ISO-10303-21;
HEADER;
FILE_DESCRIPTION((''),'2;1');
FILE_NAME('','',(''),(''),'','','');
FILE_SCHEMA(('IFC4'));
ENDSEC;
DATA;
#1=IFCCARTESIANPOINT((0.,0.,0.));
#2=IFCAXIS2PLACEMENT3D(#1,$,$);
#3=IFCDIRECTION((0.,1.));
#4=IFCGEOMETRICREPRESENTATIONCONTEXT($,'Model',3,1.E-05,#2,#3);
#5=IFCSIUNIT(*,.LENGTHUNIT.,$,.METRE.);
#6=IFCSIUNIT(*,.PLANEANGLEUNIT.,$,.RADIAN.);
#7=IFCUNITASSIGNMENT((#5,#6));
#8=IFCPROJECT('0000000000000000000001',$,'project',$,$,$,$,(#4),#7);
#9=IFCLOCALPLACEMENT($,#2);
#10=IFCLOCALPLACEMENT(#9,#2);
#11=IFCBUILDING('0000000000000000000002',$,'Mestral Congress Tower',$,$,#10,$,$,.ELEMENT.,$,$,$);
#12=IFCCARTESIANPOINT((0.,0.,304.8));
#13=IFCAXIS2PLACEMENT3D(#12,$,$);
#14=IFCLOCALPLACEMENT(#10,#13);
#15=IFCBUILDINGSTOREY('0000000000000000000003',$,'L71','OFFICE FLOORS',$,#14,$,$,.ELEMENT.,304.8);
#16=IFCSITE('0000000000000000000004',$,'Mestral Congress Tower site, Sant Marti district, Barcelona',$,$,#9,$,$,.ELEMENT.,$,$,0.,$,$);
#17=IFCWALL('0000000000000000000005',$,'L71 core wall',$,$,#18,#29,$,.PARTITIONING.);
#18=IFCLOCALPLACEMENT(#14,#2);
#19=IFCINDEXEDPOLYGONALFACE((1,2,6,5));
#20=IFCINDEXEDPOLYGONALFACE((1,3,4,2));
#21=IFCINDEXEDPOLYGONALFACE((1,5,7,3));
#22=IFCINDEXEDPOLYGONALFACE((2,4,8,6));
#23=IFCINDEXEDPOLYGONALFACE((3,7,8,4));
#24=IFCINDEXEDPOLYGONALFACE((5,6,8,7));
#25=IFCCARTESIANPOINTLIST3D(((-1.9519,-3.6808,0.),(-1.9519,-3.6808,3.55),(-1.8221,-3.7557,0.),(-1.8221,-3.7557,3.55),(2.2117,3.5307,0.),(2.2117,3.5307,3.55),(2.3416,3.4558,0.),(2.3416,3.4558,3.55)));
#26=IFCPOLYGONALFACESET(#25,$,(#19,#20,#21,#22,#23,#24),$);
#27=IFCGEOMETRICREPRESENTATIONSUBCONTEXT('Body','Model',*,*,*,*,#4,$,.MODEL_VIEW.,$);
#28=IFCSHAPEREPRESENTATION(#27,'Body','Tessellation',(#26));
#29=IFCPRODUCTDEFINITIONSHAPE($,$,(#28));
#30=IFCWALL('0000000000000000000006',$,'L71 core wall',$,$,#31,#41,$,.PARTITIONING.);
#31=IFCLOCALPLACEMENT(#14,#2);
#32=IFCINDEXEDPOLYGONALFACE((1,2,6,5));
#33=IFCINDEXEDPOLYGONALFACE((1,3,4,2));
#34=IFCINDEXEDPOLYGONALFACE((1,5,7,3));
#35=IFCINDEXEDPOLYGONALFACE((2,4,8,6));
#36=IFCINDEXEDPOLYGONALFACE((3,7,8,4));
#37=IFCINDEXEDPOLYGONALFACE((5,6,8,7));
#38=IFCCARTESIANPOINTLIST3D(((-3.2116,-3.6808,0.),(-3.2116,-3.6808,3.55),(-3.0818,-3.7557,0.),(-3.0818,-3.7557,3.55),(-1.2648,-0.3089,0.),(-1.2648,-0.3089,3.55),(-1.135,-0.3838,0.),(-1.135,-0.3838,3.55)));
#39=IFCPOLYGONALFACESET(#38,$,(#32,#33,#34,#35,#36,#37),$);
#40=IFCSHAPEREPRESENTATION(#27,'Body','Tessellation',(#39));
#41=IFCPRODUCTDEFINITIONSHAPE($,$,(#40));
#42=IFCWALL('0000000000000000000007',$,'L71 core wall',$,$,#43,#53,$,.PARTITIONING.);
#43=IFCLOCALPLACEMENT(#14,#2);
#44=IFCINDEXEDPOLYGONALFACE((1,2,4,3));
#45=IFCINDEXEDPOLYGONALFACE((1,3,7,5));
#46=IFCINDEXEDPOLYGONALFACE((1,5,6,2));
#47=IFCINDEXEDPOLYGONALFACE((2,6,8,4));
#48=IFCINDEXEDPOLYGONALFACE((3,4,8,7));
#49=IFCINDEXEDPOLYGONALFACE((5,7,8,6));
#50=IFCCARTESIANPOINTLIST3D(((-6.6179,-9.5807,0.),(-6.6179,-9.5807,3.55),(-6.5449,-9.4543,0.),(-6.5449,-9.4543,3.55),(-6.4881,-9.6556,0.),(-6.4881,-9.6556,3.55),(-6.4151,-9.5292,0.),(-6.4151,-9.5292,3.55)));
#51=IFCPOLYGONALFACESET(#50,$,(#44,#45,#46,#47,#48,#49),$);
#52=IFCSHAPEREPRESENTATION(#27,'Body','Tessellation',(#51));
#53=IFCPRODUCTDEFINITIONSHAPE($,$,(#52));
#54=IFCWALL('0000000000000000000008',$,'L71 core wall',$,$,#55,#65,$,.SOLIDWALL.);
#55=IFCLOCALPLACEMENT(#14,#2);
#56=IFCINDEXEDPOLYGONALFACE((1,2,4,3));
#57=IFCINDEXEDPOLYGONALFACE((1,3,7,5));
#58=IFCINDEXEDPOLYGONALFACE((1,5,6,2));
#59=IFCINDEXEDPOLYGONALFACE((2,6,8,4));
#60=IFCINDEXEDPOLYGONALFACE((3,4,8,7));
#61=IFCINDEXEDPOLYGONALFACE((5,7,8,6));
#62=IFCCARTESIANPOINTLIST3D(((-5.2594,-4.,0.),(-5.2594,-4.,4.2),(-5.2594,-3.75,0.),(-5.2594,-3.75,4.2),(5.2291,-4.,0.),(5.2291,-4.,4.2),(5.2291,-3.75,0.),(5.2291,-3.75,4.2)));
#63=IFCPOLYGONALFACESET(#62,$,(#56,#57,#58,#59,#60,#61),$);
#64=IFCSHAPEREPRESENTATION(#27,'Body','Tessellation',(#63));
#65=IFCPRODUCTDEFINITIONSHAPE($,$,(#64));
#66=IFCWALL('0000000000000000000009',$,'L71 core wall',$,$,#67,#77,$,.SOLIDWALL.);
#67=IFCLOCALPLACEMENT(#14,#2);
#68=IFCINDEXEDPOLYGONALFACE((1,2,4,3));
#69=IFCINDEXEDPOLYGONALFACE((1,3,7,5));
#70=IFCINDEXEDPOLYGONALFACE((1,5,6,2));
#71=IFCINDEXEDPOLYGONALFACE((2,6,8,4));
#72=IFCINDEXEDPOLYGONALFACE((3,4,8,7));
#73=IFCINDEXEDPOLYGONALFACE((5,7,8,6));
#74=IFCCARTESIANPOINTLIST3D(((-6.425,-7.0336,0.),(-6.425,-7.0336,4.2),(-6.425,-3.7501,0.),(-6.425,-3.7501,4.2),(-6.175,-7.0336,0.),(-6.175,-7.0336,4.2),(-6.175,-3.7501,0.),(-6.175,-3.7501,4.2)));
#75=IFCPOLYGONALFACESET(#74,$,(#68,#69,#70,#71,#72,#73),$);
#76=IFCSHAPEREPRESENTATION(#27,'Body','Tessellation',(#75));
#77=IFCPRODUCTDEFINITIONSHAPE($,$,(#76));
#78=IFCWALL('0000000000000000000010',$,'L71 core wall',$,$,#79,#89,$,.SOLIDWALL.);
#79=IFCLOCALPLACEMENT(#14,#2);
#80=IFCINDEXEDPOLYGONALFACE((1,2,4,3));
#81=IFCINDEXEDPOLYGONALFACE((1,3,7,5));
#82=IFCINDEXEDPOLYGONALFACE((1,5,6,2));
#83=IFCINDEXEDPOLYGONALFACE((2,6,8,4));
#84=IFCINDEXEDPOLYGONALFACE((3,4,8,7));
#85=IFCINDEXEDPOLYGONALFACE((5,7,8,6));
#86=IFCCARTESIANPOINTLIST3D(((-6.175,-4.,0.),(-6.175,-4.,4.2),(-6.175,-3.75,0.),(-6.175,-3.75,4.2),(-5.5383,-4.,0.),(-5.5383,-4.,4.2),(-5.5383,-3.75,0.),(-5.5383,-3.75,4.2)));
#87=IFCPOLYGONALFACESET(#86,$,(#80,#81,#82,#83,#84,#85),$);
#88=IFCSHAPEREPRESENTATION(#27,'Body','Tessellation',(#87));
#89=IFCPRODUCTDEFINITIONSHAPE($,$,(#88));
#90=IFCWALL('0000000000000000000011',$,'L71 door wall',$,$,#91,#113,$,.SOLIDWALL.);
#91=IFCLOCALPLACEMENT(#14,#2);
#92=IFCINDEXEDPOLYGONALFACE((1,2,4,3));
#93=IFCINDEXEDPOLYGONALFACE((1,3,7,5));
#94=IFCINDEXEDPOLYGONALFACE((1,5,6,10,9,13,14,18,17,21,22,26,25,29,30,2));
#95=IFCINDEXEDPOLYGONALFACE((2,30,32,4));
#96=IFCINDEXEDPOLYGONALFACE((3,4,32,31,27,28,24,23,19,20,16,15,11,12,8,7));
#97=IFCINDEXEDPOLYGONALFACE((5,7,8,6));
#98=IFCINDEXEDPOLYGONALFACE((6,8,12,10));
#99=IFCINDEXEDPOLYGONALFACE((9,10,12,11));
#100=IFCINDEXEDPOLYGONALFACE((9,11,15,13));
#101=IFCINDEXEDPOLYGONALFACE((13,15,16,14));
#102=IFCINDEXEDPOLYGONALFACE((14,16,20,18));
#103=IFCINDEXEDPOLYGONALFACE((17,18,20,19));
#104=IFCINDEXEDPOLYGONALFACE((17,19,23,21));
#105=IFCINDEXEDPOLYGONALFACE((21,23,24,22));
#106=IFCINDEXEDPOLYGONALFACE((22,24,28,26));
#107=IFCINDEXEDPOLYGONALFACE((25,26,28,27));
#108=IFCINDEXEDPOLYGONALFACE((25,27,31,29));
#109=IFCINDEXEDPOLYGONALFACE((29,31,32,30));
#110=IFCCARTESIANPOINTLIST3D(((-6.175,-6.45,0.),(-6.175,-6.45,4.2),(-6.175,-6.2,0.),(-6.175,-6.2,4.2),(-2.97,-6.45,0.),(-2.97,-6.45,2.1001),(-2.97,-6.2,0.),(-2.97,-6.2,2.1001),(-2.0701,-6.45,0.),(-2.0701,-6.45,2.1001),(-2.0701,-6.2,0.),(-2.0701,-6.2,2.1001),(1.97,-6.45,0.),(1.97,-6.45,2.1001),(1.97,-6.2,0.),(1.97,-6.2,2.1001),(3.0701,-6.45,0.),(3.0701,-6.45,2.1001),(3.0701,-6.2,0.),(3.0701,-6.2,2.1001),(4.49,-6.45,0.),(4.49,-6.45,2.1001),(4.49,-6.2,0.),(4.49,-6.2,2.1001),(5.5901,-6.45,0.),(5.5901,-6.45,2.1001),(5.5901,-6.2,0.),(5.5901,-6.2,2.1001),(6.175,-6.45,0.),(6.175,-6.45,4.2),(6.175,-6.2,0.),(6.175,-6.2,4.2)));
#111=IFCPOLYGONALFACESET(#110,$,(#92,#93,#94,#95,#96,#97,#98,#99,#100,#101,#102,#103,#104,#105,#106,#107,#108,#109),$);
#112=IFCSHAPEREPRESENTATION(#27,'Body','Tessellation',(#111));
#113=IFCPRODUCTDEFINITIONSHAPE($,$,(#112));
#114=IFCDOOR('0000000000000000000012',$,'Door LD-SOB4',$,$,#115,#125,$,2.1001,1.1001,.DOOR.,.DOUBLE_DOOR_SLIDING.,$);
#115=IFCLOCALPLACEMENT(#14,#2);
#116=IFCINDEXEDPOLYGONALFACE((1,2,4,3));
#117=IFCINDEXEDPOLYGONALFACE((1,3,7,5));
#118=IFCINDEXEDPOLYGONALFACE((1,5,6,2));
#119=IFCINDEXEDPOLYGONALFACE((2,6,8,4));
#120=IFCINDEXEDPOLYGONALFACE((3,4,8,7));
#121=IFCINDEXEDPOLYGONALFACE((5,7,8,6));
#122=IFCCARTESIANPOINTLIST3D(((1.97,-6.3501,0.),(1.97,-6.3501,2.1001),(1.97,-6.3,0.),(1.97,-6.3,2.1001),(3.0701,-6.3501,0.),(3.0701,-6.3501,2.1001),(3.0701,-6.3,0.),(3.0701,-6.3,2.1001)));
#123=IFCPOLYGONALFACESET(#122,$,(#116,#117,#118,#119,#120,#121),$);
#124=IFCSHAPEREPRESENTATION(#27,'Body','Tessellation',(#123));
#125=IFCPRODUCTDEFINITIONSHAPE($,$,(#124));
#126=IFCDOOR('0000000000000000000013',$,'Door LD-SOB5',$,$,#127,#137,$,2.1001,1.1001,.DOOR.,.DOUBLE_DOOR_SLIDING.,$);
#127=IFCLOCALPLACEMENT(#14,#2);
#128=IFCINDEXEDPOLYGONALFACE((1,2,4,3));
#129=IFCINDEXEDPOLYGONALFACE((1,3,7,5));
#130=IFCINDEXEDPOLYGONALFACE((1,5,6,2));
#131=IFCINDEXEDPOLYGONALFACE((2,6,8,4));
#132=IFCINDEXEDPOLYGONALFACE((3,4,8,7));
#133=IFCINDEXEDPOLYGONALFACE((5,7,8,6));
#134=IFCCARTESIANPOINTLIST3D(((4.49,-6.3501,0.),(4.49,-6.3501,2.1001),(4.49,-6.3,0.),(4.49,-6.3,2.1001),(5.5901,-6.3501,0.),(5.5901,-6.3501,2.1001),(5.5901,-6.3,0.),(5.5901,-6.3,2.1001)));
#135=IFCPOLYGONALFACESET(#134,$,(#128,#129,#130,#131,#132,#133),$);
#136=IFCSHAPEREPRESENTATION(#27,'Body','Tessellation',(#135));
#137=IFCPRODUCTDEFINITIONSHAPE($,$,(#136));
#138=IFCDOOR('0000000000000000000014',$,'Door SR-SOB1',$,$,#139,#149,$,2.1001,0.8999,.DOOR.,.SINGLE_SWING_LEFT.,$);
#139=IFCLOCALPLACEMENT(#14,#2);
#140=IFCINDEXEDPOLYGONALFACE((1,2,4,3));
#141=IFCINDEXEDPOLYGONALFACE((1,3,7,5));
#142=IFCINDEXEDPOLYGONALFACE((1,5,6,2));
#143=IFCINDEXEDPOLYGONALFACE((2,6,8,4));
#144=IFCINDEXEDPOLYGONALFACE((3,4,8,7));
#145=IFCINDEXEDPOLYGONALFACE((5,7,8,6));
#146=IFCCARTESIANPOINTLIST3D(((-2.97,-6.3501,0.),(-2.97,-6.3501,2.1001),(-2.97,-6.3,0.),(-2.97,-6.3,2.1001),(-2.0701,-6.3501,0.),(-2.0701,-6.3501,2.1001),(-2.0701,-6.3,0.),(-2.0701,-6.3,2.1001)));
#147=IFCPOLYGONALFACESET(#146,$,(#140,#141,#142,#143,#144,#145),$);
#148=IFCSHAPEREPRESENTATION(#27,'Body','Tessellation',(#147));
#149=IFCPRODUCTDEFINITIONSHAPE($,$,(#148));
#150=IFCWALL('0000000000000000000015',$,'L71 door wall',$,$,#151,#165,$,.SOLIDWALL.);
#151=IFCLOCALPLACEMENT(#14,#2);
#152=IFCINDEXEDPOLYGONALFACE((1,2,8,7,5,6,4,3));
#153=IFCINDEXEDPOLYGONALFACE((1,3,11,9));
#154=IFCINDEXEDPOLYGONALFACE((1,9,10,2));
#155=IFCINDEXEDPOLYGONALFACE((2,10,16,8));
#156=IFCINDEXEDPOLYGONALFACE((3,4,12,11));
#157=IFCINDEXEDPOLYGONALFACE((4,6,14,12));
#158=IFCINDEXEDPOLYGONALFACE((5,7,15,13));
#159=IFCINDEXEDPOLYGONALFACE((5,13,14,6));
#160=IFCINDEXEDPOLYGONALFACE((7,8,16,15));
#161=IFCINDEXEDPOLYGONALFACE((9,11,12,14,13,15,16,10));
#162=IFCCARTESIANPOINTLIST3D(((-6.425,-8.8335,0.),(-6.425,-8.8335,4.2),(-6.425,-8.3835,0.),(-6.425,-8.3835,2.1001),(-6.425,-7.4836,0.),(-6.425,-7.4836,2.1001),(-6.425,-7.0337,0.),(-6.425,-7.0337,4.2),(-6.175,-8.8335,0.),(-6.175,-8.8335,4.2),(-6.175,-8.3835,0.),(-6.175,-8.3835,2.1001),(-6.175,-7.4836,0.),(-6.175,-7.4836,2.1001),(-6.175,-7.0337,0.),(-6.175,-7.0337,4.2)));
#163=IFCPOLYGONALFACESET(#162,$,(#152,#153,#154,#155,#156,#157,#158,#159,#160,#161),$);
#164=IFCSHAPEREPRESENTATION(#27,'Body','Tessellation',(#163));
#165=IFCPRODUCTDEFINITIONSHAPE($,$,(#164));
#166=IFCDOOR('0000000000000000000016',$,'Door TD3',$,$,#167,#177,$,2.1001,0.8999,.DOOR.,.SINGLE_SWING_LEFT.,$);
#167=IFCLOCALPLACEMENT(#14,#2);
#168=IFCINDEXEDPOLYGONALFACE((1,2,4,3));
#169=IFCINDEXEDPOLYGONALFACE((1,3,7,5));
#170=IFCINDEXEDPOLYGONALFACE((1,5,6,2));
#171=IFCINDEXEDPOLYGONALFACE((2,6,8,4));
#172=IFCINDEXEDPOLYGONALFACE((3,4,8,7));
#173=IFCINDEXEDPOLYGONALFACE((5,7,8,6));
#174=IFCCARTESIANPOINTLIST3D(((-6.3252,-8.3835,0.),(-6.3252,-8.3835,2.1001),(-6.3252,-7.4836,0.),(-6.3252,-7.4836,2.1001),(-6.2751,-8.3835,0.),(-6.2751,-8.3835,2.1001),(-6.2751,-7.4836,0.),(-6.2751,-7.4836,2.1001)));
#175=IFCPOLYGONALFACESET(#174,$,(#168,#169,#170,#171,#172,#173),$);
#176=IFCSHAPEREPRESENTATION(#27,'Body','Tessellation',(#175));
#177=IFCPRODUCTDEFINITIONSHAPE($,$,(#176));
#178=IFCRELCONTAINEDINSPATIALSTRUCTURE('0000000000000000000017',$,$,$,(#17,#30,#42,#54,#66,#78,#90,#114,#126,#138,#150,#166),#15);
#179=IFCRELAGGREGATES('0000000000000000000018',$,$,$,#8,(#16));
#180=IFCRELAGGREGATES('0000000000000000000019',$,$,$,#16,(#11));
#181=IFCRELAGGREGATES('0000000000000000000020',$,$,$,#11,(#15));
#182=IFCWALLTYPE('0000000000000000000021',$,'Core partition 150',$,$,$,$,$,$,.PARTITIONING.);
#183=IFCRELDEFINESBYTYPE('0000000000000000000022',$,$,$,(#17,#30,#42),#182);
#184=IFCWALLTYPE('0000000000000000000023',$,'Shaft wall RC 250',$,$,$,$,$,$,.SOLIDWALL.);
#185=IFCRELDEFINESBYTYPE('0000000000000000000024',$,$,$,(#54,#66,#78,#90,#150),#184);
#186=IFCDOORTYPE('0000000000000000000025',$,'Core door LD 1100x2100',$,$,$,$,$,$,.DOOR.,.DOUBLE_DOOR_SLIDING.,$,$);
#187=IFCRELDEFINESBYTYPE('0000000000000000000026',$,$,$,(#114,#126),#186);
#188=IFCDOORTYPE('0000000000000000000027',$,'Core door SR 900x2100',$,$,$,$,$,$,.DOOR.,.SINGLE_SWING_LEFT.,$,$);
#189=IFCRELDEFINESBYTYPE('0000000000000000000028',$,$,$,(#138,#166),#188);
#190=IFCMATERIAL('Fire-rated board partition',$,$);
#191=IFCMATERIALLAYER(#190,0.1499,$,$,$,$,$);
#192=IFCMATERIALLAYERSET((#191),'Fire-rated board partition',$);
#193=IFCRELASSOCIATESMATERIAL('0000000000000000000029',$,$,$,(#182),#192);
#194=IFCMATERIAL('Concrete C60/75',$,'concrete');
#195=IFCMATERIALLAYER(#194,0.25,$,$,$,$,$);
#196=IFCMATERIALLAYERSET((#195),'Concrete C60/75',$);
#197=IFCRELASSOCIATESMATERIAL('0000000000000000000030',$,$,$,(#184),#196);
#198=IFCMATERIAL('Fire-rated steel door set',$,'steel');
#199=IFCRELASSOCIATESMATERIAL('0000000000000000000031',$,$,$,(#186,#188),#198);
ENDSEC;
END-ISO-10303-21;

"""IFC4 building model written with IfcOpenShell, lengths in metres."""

from ifc_helpers import new_model, si_unit, direction, frame, frame_2d, origin, place, context, subcontext, project, spatial, rectangle, extrude, material, layer, layer_set, type_object, element, fill, save


model = new_model("IFC4")

# Units and contexts
model_context = context("Model", 3, precision=1e-05, world=origin(), true_north=direction((0.0, 1.0)))
body_context = subcontext(model_context, "Body", "Model", "MODEL_VIEW")
ifc_project = project(units=[si_unit("LENGTHUNIT", "METRE"), si_unit("PLANEANGLEUNIT", "RADIAN")], contexts=[model_context])

# Site, building, storey
site_placement = place(None, origin())
site = spatial("IfcSite", under=ifc_project, at=site_placement, Name="Mestral Congress Tower site, Sant Marti district, Barcelona", CompositionType="ELEMENT", RefElevation=0.0)
building_placement = place(site_placement, origin())
building = spatial("IfcBuilding", under=site, at=building_placement, Name="Mestral Congress Tower", CompositionType="ELEMENT")
storey_placement = place(building_placement, frame((0.0, 0.0, 304.8)))
storey = spatial("IfcBuildingStorey", under=building, at=storey_placement, Name="L71", Description="OFFICE FLOORS", CompositionType="ELEMENT", Elevation=304.8)

# Walls
ifc_material_1 = material(Name="Fire-rated board partition")
ifc_layer_1 = layer(ifc_material_1, 0.1499)
ifc_layer_set_1 = layer_set([ifc_layer_1], Name="Fire-rated board partition")
wall_type_1 = type_object("IfcWallType", Name="Core partition 150", PredefinedType="PARTITIONING", material=ifc_layer_set_1)
wall_1_placement = place(storey_placement, frame((-1.887, -3.7183, 0.0), z_axis=(0.0, 0.0, 1.0), x_axis=(0.500005, 0.866023, 0.0)))
element("IfcWall", 1, at=wall_1_placement, inside=storey, type_object=wall_type_1, Name="L71 core wall", PredefinedType="PARTITIONING", context=body_context, shape_type="SweptSolid", body=[
    extrude(rectangle(XDim=8.3271, YDim=0.1499, at=frame_2d((4.1636, 0.0))), origin(), (0.0, 0.0, 1.0), 3.55),
])
wall_2_placement = place(storey_placement, frame((-3.1467, -3.7183, 0.0), z_axis=(0.0, 0.0, 1.0), x_axis=(0.50001, 0.86602, 0.0)))
element("IfcWall", 2, at=wall_2_placement, inside=storey, type_object=wall_type_1, Name="L71 core wall", PredefinedType="PARTITIONING", context=body_context, shape_type="SweptSolid", body=[
    extrude(rectangle(XDim=3.8936, YDim=0.1499, at=frame_2d((1.9468, 0.0))), origin(), (0.0, 0.0, 1.0), 3.55),
])
wall_3_placement = place(storey_placement, frame((-6.553, -9.6182, 0.0), z_axis=(0.0, 0.0, 1.0), x_axis=(0.499915, 0.866074, 0.0)))
element("IfcWall", 3, at=wall_3_placement, inside=storey, type_object=wall_type_1, Name="L71 core wall", PredefinedType="PARTITIONING", context=body_context, shape_type="SweptSolid", body=[
    extrude(rectangle(XDim=0.146, YDim=0.1499, at=frame_2d((0.073, 0.0))), origin(), (0.0, 0.0, 1.0), 3.55),
])
ifc_material_2 = material(Name="Concrete C60/75", Category="concrete")
ifc_layer_2 = layer(ifc_material_2, 0.25)
ifc_layer_set_2 = layer_set([ifc_layer_2], Name="Concrete C60/75")
wall_type_2 = type_object("IfcWallType", Name="Shaft wall RC 250", PredefinedType="SOLIDWALL", material=ifc_layer_set_2)
wall_4_placement = place(storey_placement, frame((-5.2593, -3.875, 0.0), z_axis=(0.0, 0.0, 1.0), x_axis=(1.0, 0.0, 0.0)))
element("IfcWall", 4, at=wall_4_placement, inside=storey, type_object=wall_type_2, Name="L71 core wall", PredefinedType="SOLIDWALL", context=body_context, shape_type="SweptSolid", body=[
    extrude(rectangle(XDim=10.4885, YDim=0.25, at=frame_2d((5.2441, 0.0))), origin(), (0.0, 0.0, 1.0), 4.2),
])
wall_5_placement = place(storey_placement, frame((-6.3, -7.0334, 0.0), z_axis=(0.0, 0.0, 1.0), x_axis=(0.0, 1.0, 0.0)))
element("IfcWall", 5, at=wall_5_placement, inside=storey, type_object=wall_type_2, Name="L71 core wall", PredefinedType="SOLIDWALL", context=body_context, shape_type="SweptSolid", body=[
    extrude(rectangle(XDim=3.2834, YDim=0.25, at=frame_2d((1.6416, 0.0))), origin(), (0.0, 0.0, 1.0), 4.2),
])
wall_6_placement = place(storey_placement, frame((-6.175, -3.875, 0.0), z_axis=(0.0, 0.0, 1.0), x_axis=(1.0, 0.0, 0.0)))
element("IfcWall", 6, at=wall_6_placement, inside=storey, type_object=wall_type_2, Name="L71 core wall", PredefinedType="SOLIDWALL", context=body_context, shape_type="SweptSolid", body=[
    extrude(rectangle(XDim=0.6367, YDim=0.25, at=frame_2d((0.3184, 0.0))), origin(), (0.0, 0.0, 1.0), 4.2),
])

# Wall, openings, doors
wall_7_placement = place(storey_placement, frame((-6.175, -6.325, 0.0), z_axis=(0.0, 0.0, 1.0), x_axis=(1.0, 0.0, 0.0)))
wall_7 = element("IfcWall", 7, at=wall_7_placement, inside=storey, type_object=wall_type_2, Name="L71 door wall", PredefinedType="SOLIDWALL", context=body_context, shape_type="SweptSolid", body=[
    extrude(rectangle(XDim=12.3501, YDim=0.25, at=frame_2d((6.175, 0.0))), origin(), (0.0, 0.0, 1.0), 4.2),
])
opening_1_placement = place(wall_7_placement, frame((3.2051, 0.0, 0.0)))
opening_1 = element("IfcOpeningElement", 8, at=opening_1_placement, cuts=wall_7, PredefinedType="OPENING", context=body_context, shape_type="SweptSolid", body=[
    extrude(rectangle(XDim=0.8999, YDim=2.1001, at=frame_2d((0.45, 1.05))), frame((0.0, 0.135, 0.0), z_axis=(0.0, -1.0, 0.0), x_axis=(1.0, 0.0, 0.0)), (0.0, 0.0, 1.0), 0.27),
])
opening_2_placement = place(wall_7_placement, frame((8.145, 0.0, 0.0)))
opening_2 = element("IfcOpeningElement", 9, at=opening_2_placement, cuts=wall_7, PredefinedType="OPENING", context=body_context, shape_type="SweptSolid", body=[
    extrude(rectangle(XDim=1.1001, YDim=2.1001, at=frame_2d((0.55, 1.05))), frame((0.0, 0.135, 0.0), z_axis=(0.0, -1.0, 0.0), x_axis=(1.0, 0.0, 0.0)), (0.0, 0.0, 1.0), 0.27),
])
opening_3_placement = place(wall_7_placement, frame((10.665, 0.0, 0.0)))
opening_3 = element("IfcOpeningElement", 10, at=opening_3_placement, cuts=wall_7, PredefinedType="OPENING", context=body_context, shape_type="SweptSolid", body=[
    extrude(rectangle(XDim=1.1001, YDim=2.1001, at=frame_2d((0.55, 1.05))), frame((0.0, 0.135, 0.0), z_axis=(0.0, -1.0, 0.0), x_axis=(1.0, 0.0, 0.0)), (0.0, 0.0, 1.0), 0.27),
])
ifc_material_3 = material(Name="Fire-rated steel door set", Category="steel")
door_type_1 = type_object("IfcDoorType", Name="Core door LD 1100x2100", OperationType="DOUBLE_DOOR_SLIDING", PredefinedType="DOOR", material=ifc_material_3)
door_1_placement = place(opening_2_placement, origin())
door_1 = element("IfcDoor", 11, at=door_1_placement, inside=storey, type_object=door_type_1, Name="Door LD-SOB4", OperationType="DOUBLE_DOOR_SLIDING", OverallHeight=2.1001, OverallWidth=1.1001, PredefinedType="DOOR", context=body_context, shape_type="SweptSolid", body=[
    extrude(rectangle(XDim=1.1001, YDim=2.1001, at=frame_2d((0.55, 1.05))), frame((0.0, 0.0249, 0.0), z_axis=(0.0, -1.0, 0.0), x_axis=(1.0, 0.0, 0.0)), (0.0, 0.0, 1.0), 0.05),
])
fill(opening_2, door_1)
door_2_placement = place(opening_3_placement, origin())
door_2 = element("IfcDoor", 12, at=door_2_placement, inside=storey, type_object=door_type_1, Name="Door LD-SOB5", OperationType="DOUBLE_DOOR_SLIDING", OverallHeight=2.1001, OverallWidth=1.1001, PredefinedType="DOOR", context=body_context, shape_type="SweptSolid", body=[
    extrude(rectangle(XDim=1.1001, YDim=2.1001, at=frame_2d((0.55, 1.05))), frame((0.0, 0.0249, 0.0), z_axis=(0.0, -1.0, 0.0), x_axis=(1.0, 0.0, 0.0)), (0.0, 0.0, 1.0), 0.05),
])
fill(opening_3, door_2)
door_type_2 = type_object("IfcDoorType", Name="Core door SR 900x2100", OperationType="SINGLE_SWING_LEFT", PredefinedType="DOOR", material=ifc_material_3)
door_3_placement = place(opening_1_placement, origin())
door_3 = element("IfcDoor", 13, at=door_3_placement, inside=storey, type_object=door_type_2, Name="Door SR-SOB1", OperationType="SINGLE_SWING_LEFT", OverallHeight=2.1001, OverallWidth=0.8999, PredefinedType="DOOR", context=body_context, shape_type="SweptSolid", body=[
    extrude(rectangle(XDim=0.8999, YDim=2.1001, at=frame_2d((0.45, 1.05))), frame((0.0, 0.0249, 0.0), z_axis=(0.0, -1.0, 0.0), x_axis=(1.0, 0.0, 0.0)), (0.0, 0.0, 1.0), 0.05),
])
fill(opening_1, door_3)

# Wall, opening, door
wall_8_placement = place(storey_placement, frame((-6.3, -7.0337, 0.0), z_axis=(0.0, 0.0, 1.0), x_axis=(0.0, -1.0, 0.0)))
wall_8 = element("IfcWall", 14, at=wall_8_placement, inside=storey, type_object=wall_type_2, Name="L71 door wall", PredefinedType="SOLIDWALL", context=body_context, shape_type="SweptSolid", body=[
    extrude(rectangle(XDim=1.7998, YDim=0.25, at=frame_2d((0.8999, 0.0))), origin(), (0.0, 0.0, 1.0), 4.2),
])
opening_4_placement = place(wall_8_placement, frame((0.45, 0.0, 0.0)))
opening_4 = element("IfcOpeningElement", 15, at=opening_4_placement, cuts=wall_8, PredefinedType="OPENING", context=body_context, shape_type="SweptSolid", body=[
    extrude(rectangle(XDim=0.8999, YDim=2.1001, at=frame_2d((0.45, 1.05))), frame((0.0, 0.135, 0.0), z_axis=(0.0, -1.0, 0.0), x_axis=(1.0, 0.0, 0.0)), (0.0, 0.0, 1.0), 0.27),
])
door_4_placement = place(opening_4_placement, origin())
door_4 = element("IfcDoor", 16, at=door_4_placement, inside=storey, type_object=door_type_2, Name="Door TD3", OperationType="SINGLE_SWING_LEFT", OverallHeight=2.1001, OverallWidth=0.8999, PredefinedType="DOOR", context=body_context, shape_type="SweptSolid", body=[
    extrude(rectangle(XDim=0.8999, YDim=2.1001, at=frame_2d((0.45, 1.05))), frame((0.0, 0.0249, 0.0), z_axis=(0.0, -1.0, 0.0), x_axis=(1.0, 0.0, 0.0)), (0.0, 0.0, 1.0), 0.05),
])
fill(opening_4, door_4)

save(model, "model.ifc")
